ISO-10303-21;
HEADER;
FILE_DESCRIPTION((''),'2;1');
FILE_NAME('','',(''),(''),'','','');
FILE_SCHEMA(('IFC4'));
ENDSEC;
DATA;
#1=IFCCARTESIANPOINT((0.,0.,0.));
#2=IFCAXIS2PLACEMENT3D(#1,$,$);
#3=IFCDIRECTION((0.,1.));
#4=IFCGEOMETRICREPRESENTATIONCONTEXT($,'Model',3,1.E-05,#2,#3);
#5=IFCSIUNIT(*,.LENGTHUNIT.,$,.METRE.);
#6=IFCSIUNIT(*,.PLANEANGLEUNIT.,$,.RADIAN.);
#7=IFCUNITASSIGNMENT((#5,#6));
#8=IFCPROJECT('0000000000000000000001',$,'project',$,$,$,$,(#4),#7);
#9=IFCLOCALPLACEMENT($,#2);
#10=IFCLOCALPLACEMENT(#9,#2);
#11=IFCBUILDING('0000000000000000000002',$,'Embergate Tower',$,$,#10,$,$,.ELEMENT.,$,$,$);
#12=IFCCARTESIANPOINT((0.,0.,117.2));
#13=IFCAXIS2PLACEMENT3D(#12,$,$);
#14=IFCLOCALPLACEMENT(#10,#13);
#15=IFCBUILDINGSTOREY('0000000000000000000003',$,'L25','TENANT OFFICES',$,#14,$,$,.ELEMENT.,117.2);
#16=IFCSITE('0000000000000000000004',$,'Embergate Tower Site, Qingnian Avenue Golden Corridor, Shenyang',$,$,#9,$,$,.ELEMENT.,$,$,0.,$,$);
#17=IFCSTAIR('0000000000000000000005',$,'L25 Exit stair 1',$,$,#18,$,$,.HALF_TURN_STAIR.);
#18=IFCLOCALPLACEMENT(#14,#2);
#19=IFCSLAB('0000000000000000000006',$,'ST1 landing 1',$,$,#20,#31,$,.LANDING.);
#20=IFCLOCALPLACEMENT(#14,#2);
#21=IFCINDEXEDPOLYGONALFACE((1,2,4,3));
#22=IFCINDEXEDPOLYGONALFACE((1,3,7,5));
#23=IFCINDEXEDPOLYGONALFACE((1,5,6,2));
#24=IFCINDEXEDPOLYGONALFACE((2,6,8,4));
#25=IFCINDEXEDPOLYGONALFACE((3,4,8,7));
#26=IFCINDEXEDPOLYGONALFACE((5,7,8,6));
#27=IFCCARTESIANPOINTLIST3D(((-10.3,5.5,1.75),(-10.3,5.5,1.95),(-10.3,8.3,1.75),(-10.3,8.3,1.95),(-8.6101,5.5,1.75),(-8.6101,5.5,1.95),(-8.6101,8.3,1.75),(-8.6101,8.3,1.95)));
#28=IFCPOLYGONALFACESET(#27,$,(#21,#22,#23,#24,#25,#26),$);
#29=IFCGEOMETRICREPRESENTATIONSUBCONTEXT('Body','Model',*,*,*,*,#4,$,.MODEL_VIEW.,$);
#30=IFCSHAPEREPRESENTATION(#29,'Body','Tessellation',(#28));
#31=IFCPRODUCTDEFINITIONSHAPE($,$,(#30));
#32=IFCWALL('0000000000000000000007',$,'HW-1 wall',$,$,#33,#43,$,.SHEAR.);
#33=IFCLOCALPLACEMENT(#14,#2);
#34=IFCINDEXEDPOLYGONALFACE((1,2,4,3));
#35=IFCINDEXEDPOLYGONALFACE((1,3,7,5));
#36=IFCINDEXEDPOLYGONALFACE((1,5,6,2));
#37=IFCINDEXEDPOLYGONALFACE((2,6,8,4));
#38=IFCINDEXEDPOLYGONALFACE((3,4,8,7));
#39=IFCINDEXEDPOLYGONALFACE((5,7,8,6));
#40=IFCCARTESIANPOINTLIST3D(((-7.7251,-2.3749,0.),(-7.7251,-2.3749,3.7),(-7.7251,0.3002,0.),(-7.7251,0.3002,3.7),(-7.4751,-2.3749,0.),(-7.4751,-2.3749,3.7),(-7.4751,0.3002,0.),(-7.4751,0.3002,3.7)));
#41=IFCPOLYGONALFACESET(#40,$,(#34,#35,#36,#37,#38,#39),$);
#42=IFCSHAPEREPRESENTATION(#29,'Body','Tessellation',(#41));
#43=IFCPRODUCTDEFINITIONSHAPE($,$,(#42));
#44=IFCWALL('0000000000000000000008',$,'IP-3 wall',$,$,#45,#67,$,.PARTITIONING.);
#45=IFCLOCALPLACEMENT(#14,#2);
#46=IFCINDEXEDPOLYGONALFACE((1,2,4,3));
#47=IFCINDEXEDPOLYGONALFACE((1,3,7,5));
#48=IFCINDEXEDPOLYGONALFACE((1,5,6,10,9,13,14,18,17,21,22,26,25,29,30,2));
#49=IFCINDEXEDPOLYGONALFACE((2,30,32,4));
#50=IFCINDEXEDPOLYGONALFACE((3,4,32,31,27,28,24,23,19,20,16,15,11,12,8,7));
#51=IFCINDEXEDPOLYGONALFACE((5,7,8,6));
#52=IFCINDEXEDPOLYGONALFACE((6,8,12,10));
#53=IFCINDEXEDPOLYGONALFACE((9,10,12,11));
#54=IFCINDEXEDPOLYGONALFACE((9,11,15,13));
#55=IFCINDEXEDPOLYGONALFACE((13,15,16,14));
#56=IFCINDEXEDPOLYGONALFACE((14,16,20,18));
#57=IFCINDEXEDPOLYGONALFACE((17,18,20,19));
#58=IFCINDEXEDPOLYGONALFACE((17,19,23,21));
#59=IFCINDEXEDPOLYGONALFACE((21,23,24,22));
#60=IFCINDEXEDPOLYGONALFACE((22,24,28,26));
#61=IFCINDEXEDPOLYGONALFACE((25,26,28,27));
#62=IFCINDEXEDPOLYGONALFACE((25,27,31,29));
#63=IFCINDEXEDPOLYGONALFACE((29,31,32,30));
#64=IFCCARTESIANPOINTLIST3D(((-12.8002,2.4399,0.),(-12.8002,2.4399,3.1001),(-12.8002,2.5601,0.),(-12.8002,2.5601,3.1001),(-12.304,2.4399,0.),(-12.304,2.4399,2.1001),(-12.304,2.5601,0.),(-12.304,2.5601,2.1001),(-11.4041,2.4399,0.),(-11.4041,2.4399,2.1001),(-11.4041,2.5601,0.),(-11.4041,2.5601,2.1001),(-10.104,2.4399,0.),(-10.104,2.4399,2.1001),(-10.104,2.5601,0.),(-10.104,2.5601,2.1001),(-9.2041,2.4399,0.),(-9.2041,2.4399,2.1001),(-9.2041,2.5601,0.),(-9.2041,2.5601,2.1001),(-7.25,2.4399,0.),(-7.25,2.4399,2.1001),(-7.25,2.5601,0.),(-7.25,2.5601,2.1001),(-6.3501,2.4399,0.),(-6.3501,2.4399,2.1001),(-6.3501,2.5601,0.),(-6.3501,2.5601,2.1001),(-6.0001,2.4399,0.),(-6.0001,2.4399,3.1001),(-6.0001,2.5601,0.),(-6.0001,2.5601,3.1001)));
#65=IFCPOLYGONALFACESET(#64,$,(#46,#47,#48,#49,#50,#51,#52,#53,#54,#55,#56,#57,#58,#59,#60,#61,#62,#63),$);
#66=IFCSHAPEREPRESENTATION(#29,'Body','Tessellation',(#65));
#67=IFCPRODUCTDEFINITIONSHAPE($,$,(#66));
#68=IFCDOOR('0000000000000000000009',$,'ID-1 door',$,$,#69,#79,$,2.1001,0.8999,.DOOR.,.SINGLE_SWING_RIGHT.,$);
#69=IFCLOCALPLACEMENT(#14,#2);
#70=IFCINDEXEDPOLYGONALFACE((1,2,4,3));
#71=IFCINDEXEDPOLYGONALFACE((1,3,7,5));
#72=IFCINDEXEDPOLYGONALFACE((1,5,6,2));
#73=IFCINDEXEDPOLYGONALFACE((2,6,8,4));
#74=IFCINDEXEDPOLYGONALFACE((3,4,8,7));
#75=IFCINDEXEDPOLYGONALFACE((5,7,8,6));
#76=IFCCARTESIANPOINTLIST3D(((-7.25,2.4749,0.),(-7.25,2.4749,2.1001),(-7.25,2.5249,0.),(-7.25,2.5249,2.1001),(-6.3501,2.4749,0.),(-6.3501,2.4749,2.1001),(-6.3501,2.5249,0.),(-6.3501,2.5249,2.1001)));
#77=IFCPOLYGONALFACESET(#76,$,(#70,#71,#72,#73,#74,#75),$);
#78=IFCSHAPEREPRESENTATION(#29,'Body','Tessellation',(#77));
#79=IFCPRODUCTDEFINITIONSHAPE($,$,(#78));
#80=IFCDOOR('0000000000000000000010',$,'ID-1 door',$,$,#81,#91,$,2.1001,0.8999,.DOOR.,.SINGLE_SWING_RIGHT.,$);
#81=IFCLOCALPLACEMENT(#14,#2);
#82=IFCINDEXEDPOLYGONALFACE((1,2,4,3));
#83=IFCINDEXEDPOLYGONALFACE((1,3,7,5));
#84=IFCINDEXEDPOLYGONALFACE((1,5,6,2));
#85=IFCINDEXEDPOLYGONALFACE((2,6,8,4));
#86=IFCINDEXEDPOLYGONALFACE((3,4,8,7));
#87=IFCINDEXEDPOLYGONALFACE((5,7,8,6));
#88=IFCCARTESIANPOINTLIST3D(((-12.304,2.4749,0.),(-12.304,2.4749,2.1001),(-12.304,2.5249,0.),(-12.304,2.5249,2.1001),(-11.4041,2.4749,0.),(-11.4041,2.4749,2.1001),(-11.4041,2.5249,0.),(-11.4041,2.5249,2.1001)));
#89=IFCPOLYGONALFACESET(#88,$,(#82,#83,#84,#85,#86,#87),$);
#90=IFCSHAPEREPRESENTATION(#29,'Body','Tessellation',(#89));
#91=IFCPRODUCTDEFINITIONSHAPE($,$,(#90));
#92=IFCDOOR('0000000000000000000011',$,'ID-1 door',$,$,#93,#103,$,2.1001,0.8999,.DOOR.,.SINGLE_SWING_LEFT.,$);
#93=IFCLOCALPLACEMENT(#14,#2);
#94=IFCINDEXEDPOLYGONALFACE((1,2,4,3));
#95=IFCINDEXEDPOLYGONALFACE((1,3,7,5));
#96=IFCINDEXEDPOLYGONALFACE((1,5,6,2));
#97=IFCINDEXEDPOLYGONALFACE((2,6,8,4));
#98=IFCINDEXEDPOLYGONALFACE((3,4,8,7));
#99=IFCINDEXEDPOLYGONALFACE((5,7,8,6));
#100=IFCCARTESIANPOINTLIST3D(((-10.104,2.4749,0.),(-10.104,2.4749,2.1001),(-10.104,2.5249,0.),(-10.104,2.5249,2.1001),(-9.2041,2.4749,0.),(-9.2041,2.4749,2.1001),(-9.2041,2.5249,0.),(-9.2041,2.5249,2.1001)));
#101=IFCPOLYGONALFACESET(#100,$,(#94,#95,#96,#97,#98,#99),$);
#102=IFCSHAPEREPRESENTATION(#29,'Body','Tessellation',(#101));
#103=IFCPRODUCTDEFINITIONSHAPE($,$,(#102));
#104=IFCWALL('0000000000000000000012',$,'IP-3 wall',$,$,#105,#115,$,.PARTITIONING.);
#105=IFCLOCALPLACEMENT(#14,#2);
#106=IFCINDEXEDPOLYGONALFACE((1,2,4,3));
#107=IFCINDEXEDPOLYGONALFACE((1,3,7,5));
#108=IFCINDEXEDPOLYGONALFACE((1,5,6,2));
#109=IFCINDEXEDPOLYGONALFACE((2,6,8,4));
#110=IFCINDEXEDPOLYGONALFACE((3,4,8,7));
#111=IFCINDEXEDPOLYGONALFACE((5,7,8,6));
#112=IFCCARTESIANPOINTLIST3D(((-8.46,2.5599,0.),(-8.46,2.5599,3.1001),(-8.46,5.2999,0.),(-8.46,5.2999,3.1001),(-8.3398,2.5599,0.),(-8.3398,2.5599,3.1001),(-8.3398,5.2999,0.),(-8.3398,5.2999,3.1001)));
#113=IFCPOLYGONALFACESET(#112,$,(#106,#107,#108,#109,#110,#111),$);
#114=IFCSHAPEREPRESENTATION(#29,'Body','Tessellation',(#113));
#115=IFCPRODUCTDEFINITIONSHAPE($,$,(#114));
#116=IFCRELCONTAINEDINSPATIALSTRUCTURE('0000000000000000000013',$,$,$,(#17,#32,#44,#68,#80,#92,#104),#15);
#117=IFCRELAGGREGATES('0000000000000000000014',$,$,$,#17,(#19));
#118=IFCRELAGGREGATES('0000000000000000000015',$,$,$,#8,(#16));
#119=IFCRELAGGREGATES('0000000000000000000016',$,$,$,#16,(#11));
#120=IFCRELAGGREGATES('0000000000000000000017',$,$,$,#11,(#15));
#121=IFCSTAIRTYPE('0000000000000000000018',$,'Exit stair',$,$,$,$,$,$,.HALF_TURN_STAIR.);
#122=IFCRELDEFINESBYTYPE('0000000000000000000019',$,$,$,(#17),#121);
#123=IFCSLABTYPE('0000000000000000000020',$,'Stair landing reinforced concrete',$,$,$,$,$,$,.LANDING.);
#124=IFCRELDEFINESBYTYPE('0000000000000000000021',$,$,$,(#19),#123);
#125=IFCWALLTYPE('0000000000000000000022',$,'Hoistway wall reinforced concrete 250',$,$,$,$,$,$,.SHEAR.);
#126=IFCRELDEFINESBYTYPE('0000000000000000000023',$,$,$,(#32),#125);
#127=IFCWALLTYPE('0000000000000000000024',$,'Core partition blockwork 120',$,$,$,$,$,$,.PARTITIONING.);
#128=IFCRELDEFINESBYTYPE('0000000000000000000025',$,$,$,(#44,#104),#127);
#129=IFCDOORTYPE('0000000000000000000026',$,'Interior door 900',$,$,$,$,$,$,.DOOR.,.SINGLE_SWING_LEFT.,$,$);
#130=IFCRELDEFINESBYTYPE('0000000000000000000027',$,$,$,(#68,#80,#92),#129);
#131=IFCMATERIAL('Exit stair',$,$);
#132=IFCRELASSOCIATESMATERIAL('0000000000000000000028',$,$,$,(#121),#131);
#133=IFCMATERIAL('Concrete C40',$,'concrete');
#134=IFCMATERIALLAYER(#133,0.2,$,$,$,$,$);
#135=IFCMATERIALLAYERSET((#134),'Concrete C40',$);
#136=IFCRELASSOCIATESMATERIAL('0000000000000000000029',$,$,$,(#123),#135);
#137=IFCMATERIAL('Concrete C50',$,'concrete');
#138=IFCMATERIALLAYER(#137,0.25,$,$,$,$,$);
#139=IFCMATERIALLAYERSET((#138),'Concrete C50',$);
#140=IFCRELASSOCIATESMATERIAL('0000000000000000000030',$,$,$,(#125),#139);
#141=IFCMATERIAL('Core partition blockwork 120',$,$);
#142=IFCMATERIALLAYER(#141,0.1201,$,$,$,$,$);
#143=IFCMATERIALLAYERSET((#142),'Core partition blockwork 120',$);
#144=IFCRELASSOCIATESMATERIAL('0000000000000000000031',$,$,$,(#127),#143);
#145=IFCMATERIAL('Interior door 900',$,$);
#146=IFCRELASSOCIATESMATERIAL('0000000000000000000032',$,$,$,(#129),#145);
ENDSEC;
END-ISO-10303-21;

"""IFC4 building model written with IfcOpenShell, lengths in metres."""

from ifc_helpers import new_model, si_unit, direction, frame, frame_2d, origin, place, context, subcontext, project, spatial, polyline, rectangle, outline, extrude, source, transform, mapped, material, layer, layer_set, type_object, element, fill, aggregate, save


model = new_model("IFC4")

# Units and contexts
model_context = context("Model", 3, precision=1e-05, world=origin(), true_north=direction((0.0, 1.0)))
body_context = subcontext(model_context, "Body", "Model", "MODEL_VIEW")
ifc_project = project(units=[si_unit("LENGTHUNIT", "METRE"), si_unit("PLANEANGLEUNIT", "RADIAN")], contexts=[model_context])

# Site, building, storey
site_placement = place(None, origin())
site = spatial("IfcSite", under=ifc_project, at=site_placement, Name="Embergate Tower Site, Qingnian Avenue Golden Corridor, Shenyang", CompositionType="ELEMENT", RefElevation=0.0)
building_placement = place(site_placement, origin())
building = spatial("IfcBuilding", under=site, at=building_placement, Name="Embergate Tower", CompositionType="ELEMENT")
storey_placement = place(building_placement, frame((0.0, 0.0, 117.2)))
storey = spatial("IfcBuildingStorey", under=building, at=storey_placement, Name="L25", Description="TENANT OFFICES", CompositionType="ELEMENT", Elevation=117.2)

# Stair, slab
ifc_material_1 = material(Name="Exit stair")
stair_type = type_object("IfcStairType", Name="Exit stair", PredefinedType="HALF_TURN_STAIR", material=ifc_material_1)
stair_placement = place(storey_placement, origin())
stair = element("IfcStair", 1, at=stair_placement, inside=storey, type_object=stair_type, Name="L25 Exit stair 1", PredefinedType="HALF_TURN_STAIR")
ifc_material_2 = material(Name="Concrete C40", Category="concrete")
ifc_layer_1 = layer(ifc_material_2, 0.2)
ifc_layer_set_1 = layer_set([ifc_layer_1], Name="Concrete C40")
slab_type = type_object("IfcSlabType", Name="Stair landing reinforced concrete", PredefinedType="LANDING", material=ifc_layer_set_1)
shared_shape_1 = source(origin(), body_context, "Body", "SweptSolid", [
    extrude(outline(polyline([(0.0, 0.0), (1.6899, 0.0), (1.6899, 2.8), (0.0, 2.8), (0.0, 0.0)])), origin(), (0.0, 0.0, 1.0), 0.2),
])
slab_placement = place(storey_placement, frame((-10.3, 5.5, 1.75)))
slab = element("IfcSlab", 2, at=slab_placement, type_object=slab_type, Name="ST1 landing 1", PredefinedType="LANDING", context=body_context, shape_type="MappedRepresentation", body=[
    mapped(shared_shape_1, transform((0.0, 0.0, 0.0))),
])

# Wall
ifc_material_3 = material(Name="Concrete C50", Category="concrete")
ifc_layer_2 = layer(ifc_material_3, 0.25)
ifc_layer_set_2 = layer_set([ifc_layer_2], Name="Concrete C50")
wall_type_1 = type_object("IfcWallType", Name="Hoistway wall reinforced concrete 250", PredefinedType="SHEAR", material=ifc_layer_set_2)
shared_shape_2 = source(origin(), body_context, "Body", "SweptSolid", [
    extrude(rectangle(XDim=2.675, YDim=0.25, at=frame_2d((1.3374, 0.0))), origin(), (0.0, 0.0, 1.0), 3.7),
])
wall_1_placement = place(storey_placement, frame((-7.6001, 0.3, 0.0), z_axis=(0.0, 0.0, 1.0), x_axis=(0.0, -1.0, 0.0)))
element("IfcWall", 3, at=wall_1_placement, inside=storey, type_object=wall_type_1, Name="HW-1 wall", PredefinedType="SHEAR", context=body_context, shape_type="MappedRepresentation", body=[
    mapped(shared_shape_2, transform((0.0, 0.0, 0.0))),
])

# Wall, openings, doors
ifc_material_4 = material(Name="Core partition blockwork 120")
ifc_layer_3 = layer(ifc_material_4, 0.1201)
ifc_layer_set_3 = layer_set([ifc_layer_3], Name="Core partition blockwork 120")
wall_type_2 = type_object("IfcWallType", Name="Core partition blockwork 120", PredefinedType="PARTITIONING", material=ifc_layer_set_3)
shared_shape_3 = source(origin(), body_context, "Body", "SweptSolid", [
    extrude(rectangle(XDim=6.8, YDim=0.1201, at=frame_2d((3.3999, 0.0))), origin(), (0.0, 0.0, 1.0), 3.1001),
])
wall_2_placement = place(storey_placement, frame((-12.8, 2.5, 0.0), z_axis=(0.0, 0.0, 1.0), x_axis=(1.0, 0.0, 0.0)))
wall_2 = element("IfcWall", 4, at=wall_2_placement, inside=storey, type_object=wall_type_2, Name="IP-3 wall", PredefinedType="PARTITIONING", context=body_context, shape_type="MappedRepresentation", body=[
    mapped(shared_shape_3, transform((0.0, 0.0, 0.0))),
])
shared_shape_4 = source(origin(), body_context, "Body", "SweptSolid", [
    extrude(rectangle(XDim=0.8999, YDim=2.1001, at=frame_2d((0.45, 1.05))), frame((0.0, 0.0701, 0.0), z_axis=(0.0, -1.0, 0.0), x_axis=(1.0, 0.0, 0.0)), (0.0, 0.0, 1.0), 0.1401),
])
opening_1_placement = place(wall_2_placement, frame((5.55, 0.0, 0.0)))
opening_1 = element("IfcOpeningElement", 5, at=opening_1_placement, cuts=wall_2, PredefinedType="OPENING", context=body_context, shape_type="MappedRepresentation", body=[
    mapped(shared_shape_4, transform((0.0, 0.0, 0.0))),
])
opening_2_placement = place(wall_2_placement, frame((0.4961, 0.0, 0.0)))
opening_2 = element("IfcOpeningElement", 6, at=opening_2_placement, cuts=wall_2, PredefinedType="OPENING", context=body_context, shape_type="MappedRepresentation", body=[
    mapped(shared_shape_4, transform((0.0, 0.0, 0.0))),
])
opening_3_placement = place(wall_2_placement, frame((2.696, 0.0, 0.0)))
opening_3 = element("IfcOpeningElement", 7, at=opening_3_placement, cuts=wall_2, PredefinedType="OPENING", context=body_context, shape_type="MappedRepresentation", body=[
    mapped(shared_shape_4, transform((0.0, 0.0, 0.0))),
])
ifc_material_5 = material(Name="Interior door 900")
door_type_1 = type_object("IfcDoorType", Name="Interior door 900", OperationType="SINGLE_SWING_LEFT", PredefinedType="DOOR", material=ifc_material_5)
shared_shape_5 = source(origin(), body_context, "Body", "SweptSolid", [
    extrude(rectangle(XDim=0.8999, YDim=2.1001, at=frame_2d((0.45, 1.05))), frame((0.0, 0.0249, 0.0), z_axis=(0.0, -1.0, 0.0), x_axis=(1.0, 0.0, 0.0)), (0.0, 0.0, 1.0), 0.05),
])
door_1_placement = place(opening_1_placement, origin())
door_1 = element("IfcDoor", 8, at=door_1_placement, inside=storey, type_object=door_type_1, Name="ID-1 door", OperationType="SINGLE_SWING_RIGHT", OverallHeight=2.1001, OverallWidth=0.8999, PredefinedType="DOOR", context=body_context, shape_type="MappedRepresentation", body=[
    mapped(shared_shape_5, transform((0.0, 0.0, 0.0))),
])
fill(opening_1, door_1)
door_2_placement = place(opening_2_placement, origin())
door_2 = element("IfcDoor", 9, at=door_2_placement, inside=storey, type_object=door_type_1, Name="ID-1 door", OperationType="SINGLE_SWING_RIGHT", OverallHeight=2.1001, OverallWidth=0.8999, PredefinedType="DOOR", context=body_context, shape_type="MappedRepresentation", body=[
    mapped(shared_shape_5, transform((0.0, 0.0, 0.0))),
])
fill(opening_2, door_2)
door_3_placement = place(opening_3_placement, origin())
door_3 = element("IfcDoor", 10, at=door_3_placement, inside=storey, type_object=door_type_1, Name="ID-1 door", OperationType="SINGLE_SWING_LEFT", OverallHeight=2.1001, OverallWidth=0.8999, PredefinedType="DOOR", context=body_context, shape_type="MappedRepresentation", body=[
    mapped(shared_shape_5, transform((0.0, 0.0, 0.0))),
])
fill(opening_3, door_3)

# Wall
shared_shape_6 = source(origin(), body_context, "Body", "SweptSolid", [
    extrude(rectangle(XDim=2.74, YDim=0.1201, at=frame_2d((1.3701, 0.0))), origin(), (0.0, 0.0, 1.0), 3.1001),
])
wall_3_placement = place(storey_placement, frame((-8.3999, 5.3, 0.0), z_axis=(0.0, 0.0, 1.0), x_axis=(0.0, -1.0, 0.0)))
element("IfcWall", 11, at=wall_3_placement, inside=storey, type_object=wall_type_2, Name="IP-3 wall", PredefinedType="PARTITIONING", context=body_context, shape_type="MappedRepresentation", body=[
    mapped(shared_shape_6, transform((0.0, 0.0, 0.0))),
])

aggregate(stair, [slab])

save(model, "model.ifc")
